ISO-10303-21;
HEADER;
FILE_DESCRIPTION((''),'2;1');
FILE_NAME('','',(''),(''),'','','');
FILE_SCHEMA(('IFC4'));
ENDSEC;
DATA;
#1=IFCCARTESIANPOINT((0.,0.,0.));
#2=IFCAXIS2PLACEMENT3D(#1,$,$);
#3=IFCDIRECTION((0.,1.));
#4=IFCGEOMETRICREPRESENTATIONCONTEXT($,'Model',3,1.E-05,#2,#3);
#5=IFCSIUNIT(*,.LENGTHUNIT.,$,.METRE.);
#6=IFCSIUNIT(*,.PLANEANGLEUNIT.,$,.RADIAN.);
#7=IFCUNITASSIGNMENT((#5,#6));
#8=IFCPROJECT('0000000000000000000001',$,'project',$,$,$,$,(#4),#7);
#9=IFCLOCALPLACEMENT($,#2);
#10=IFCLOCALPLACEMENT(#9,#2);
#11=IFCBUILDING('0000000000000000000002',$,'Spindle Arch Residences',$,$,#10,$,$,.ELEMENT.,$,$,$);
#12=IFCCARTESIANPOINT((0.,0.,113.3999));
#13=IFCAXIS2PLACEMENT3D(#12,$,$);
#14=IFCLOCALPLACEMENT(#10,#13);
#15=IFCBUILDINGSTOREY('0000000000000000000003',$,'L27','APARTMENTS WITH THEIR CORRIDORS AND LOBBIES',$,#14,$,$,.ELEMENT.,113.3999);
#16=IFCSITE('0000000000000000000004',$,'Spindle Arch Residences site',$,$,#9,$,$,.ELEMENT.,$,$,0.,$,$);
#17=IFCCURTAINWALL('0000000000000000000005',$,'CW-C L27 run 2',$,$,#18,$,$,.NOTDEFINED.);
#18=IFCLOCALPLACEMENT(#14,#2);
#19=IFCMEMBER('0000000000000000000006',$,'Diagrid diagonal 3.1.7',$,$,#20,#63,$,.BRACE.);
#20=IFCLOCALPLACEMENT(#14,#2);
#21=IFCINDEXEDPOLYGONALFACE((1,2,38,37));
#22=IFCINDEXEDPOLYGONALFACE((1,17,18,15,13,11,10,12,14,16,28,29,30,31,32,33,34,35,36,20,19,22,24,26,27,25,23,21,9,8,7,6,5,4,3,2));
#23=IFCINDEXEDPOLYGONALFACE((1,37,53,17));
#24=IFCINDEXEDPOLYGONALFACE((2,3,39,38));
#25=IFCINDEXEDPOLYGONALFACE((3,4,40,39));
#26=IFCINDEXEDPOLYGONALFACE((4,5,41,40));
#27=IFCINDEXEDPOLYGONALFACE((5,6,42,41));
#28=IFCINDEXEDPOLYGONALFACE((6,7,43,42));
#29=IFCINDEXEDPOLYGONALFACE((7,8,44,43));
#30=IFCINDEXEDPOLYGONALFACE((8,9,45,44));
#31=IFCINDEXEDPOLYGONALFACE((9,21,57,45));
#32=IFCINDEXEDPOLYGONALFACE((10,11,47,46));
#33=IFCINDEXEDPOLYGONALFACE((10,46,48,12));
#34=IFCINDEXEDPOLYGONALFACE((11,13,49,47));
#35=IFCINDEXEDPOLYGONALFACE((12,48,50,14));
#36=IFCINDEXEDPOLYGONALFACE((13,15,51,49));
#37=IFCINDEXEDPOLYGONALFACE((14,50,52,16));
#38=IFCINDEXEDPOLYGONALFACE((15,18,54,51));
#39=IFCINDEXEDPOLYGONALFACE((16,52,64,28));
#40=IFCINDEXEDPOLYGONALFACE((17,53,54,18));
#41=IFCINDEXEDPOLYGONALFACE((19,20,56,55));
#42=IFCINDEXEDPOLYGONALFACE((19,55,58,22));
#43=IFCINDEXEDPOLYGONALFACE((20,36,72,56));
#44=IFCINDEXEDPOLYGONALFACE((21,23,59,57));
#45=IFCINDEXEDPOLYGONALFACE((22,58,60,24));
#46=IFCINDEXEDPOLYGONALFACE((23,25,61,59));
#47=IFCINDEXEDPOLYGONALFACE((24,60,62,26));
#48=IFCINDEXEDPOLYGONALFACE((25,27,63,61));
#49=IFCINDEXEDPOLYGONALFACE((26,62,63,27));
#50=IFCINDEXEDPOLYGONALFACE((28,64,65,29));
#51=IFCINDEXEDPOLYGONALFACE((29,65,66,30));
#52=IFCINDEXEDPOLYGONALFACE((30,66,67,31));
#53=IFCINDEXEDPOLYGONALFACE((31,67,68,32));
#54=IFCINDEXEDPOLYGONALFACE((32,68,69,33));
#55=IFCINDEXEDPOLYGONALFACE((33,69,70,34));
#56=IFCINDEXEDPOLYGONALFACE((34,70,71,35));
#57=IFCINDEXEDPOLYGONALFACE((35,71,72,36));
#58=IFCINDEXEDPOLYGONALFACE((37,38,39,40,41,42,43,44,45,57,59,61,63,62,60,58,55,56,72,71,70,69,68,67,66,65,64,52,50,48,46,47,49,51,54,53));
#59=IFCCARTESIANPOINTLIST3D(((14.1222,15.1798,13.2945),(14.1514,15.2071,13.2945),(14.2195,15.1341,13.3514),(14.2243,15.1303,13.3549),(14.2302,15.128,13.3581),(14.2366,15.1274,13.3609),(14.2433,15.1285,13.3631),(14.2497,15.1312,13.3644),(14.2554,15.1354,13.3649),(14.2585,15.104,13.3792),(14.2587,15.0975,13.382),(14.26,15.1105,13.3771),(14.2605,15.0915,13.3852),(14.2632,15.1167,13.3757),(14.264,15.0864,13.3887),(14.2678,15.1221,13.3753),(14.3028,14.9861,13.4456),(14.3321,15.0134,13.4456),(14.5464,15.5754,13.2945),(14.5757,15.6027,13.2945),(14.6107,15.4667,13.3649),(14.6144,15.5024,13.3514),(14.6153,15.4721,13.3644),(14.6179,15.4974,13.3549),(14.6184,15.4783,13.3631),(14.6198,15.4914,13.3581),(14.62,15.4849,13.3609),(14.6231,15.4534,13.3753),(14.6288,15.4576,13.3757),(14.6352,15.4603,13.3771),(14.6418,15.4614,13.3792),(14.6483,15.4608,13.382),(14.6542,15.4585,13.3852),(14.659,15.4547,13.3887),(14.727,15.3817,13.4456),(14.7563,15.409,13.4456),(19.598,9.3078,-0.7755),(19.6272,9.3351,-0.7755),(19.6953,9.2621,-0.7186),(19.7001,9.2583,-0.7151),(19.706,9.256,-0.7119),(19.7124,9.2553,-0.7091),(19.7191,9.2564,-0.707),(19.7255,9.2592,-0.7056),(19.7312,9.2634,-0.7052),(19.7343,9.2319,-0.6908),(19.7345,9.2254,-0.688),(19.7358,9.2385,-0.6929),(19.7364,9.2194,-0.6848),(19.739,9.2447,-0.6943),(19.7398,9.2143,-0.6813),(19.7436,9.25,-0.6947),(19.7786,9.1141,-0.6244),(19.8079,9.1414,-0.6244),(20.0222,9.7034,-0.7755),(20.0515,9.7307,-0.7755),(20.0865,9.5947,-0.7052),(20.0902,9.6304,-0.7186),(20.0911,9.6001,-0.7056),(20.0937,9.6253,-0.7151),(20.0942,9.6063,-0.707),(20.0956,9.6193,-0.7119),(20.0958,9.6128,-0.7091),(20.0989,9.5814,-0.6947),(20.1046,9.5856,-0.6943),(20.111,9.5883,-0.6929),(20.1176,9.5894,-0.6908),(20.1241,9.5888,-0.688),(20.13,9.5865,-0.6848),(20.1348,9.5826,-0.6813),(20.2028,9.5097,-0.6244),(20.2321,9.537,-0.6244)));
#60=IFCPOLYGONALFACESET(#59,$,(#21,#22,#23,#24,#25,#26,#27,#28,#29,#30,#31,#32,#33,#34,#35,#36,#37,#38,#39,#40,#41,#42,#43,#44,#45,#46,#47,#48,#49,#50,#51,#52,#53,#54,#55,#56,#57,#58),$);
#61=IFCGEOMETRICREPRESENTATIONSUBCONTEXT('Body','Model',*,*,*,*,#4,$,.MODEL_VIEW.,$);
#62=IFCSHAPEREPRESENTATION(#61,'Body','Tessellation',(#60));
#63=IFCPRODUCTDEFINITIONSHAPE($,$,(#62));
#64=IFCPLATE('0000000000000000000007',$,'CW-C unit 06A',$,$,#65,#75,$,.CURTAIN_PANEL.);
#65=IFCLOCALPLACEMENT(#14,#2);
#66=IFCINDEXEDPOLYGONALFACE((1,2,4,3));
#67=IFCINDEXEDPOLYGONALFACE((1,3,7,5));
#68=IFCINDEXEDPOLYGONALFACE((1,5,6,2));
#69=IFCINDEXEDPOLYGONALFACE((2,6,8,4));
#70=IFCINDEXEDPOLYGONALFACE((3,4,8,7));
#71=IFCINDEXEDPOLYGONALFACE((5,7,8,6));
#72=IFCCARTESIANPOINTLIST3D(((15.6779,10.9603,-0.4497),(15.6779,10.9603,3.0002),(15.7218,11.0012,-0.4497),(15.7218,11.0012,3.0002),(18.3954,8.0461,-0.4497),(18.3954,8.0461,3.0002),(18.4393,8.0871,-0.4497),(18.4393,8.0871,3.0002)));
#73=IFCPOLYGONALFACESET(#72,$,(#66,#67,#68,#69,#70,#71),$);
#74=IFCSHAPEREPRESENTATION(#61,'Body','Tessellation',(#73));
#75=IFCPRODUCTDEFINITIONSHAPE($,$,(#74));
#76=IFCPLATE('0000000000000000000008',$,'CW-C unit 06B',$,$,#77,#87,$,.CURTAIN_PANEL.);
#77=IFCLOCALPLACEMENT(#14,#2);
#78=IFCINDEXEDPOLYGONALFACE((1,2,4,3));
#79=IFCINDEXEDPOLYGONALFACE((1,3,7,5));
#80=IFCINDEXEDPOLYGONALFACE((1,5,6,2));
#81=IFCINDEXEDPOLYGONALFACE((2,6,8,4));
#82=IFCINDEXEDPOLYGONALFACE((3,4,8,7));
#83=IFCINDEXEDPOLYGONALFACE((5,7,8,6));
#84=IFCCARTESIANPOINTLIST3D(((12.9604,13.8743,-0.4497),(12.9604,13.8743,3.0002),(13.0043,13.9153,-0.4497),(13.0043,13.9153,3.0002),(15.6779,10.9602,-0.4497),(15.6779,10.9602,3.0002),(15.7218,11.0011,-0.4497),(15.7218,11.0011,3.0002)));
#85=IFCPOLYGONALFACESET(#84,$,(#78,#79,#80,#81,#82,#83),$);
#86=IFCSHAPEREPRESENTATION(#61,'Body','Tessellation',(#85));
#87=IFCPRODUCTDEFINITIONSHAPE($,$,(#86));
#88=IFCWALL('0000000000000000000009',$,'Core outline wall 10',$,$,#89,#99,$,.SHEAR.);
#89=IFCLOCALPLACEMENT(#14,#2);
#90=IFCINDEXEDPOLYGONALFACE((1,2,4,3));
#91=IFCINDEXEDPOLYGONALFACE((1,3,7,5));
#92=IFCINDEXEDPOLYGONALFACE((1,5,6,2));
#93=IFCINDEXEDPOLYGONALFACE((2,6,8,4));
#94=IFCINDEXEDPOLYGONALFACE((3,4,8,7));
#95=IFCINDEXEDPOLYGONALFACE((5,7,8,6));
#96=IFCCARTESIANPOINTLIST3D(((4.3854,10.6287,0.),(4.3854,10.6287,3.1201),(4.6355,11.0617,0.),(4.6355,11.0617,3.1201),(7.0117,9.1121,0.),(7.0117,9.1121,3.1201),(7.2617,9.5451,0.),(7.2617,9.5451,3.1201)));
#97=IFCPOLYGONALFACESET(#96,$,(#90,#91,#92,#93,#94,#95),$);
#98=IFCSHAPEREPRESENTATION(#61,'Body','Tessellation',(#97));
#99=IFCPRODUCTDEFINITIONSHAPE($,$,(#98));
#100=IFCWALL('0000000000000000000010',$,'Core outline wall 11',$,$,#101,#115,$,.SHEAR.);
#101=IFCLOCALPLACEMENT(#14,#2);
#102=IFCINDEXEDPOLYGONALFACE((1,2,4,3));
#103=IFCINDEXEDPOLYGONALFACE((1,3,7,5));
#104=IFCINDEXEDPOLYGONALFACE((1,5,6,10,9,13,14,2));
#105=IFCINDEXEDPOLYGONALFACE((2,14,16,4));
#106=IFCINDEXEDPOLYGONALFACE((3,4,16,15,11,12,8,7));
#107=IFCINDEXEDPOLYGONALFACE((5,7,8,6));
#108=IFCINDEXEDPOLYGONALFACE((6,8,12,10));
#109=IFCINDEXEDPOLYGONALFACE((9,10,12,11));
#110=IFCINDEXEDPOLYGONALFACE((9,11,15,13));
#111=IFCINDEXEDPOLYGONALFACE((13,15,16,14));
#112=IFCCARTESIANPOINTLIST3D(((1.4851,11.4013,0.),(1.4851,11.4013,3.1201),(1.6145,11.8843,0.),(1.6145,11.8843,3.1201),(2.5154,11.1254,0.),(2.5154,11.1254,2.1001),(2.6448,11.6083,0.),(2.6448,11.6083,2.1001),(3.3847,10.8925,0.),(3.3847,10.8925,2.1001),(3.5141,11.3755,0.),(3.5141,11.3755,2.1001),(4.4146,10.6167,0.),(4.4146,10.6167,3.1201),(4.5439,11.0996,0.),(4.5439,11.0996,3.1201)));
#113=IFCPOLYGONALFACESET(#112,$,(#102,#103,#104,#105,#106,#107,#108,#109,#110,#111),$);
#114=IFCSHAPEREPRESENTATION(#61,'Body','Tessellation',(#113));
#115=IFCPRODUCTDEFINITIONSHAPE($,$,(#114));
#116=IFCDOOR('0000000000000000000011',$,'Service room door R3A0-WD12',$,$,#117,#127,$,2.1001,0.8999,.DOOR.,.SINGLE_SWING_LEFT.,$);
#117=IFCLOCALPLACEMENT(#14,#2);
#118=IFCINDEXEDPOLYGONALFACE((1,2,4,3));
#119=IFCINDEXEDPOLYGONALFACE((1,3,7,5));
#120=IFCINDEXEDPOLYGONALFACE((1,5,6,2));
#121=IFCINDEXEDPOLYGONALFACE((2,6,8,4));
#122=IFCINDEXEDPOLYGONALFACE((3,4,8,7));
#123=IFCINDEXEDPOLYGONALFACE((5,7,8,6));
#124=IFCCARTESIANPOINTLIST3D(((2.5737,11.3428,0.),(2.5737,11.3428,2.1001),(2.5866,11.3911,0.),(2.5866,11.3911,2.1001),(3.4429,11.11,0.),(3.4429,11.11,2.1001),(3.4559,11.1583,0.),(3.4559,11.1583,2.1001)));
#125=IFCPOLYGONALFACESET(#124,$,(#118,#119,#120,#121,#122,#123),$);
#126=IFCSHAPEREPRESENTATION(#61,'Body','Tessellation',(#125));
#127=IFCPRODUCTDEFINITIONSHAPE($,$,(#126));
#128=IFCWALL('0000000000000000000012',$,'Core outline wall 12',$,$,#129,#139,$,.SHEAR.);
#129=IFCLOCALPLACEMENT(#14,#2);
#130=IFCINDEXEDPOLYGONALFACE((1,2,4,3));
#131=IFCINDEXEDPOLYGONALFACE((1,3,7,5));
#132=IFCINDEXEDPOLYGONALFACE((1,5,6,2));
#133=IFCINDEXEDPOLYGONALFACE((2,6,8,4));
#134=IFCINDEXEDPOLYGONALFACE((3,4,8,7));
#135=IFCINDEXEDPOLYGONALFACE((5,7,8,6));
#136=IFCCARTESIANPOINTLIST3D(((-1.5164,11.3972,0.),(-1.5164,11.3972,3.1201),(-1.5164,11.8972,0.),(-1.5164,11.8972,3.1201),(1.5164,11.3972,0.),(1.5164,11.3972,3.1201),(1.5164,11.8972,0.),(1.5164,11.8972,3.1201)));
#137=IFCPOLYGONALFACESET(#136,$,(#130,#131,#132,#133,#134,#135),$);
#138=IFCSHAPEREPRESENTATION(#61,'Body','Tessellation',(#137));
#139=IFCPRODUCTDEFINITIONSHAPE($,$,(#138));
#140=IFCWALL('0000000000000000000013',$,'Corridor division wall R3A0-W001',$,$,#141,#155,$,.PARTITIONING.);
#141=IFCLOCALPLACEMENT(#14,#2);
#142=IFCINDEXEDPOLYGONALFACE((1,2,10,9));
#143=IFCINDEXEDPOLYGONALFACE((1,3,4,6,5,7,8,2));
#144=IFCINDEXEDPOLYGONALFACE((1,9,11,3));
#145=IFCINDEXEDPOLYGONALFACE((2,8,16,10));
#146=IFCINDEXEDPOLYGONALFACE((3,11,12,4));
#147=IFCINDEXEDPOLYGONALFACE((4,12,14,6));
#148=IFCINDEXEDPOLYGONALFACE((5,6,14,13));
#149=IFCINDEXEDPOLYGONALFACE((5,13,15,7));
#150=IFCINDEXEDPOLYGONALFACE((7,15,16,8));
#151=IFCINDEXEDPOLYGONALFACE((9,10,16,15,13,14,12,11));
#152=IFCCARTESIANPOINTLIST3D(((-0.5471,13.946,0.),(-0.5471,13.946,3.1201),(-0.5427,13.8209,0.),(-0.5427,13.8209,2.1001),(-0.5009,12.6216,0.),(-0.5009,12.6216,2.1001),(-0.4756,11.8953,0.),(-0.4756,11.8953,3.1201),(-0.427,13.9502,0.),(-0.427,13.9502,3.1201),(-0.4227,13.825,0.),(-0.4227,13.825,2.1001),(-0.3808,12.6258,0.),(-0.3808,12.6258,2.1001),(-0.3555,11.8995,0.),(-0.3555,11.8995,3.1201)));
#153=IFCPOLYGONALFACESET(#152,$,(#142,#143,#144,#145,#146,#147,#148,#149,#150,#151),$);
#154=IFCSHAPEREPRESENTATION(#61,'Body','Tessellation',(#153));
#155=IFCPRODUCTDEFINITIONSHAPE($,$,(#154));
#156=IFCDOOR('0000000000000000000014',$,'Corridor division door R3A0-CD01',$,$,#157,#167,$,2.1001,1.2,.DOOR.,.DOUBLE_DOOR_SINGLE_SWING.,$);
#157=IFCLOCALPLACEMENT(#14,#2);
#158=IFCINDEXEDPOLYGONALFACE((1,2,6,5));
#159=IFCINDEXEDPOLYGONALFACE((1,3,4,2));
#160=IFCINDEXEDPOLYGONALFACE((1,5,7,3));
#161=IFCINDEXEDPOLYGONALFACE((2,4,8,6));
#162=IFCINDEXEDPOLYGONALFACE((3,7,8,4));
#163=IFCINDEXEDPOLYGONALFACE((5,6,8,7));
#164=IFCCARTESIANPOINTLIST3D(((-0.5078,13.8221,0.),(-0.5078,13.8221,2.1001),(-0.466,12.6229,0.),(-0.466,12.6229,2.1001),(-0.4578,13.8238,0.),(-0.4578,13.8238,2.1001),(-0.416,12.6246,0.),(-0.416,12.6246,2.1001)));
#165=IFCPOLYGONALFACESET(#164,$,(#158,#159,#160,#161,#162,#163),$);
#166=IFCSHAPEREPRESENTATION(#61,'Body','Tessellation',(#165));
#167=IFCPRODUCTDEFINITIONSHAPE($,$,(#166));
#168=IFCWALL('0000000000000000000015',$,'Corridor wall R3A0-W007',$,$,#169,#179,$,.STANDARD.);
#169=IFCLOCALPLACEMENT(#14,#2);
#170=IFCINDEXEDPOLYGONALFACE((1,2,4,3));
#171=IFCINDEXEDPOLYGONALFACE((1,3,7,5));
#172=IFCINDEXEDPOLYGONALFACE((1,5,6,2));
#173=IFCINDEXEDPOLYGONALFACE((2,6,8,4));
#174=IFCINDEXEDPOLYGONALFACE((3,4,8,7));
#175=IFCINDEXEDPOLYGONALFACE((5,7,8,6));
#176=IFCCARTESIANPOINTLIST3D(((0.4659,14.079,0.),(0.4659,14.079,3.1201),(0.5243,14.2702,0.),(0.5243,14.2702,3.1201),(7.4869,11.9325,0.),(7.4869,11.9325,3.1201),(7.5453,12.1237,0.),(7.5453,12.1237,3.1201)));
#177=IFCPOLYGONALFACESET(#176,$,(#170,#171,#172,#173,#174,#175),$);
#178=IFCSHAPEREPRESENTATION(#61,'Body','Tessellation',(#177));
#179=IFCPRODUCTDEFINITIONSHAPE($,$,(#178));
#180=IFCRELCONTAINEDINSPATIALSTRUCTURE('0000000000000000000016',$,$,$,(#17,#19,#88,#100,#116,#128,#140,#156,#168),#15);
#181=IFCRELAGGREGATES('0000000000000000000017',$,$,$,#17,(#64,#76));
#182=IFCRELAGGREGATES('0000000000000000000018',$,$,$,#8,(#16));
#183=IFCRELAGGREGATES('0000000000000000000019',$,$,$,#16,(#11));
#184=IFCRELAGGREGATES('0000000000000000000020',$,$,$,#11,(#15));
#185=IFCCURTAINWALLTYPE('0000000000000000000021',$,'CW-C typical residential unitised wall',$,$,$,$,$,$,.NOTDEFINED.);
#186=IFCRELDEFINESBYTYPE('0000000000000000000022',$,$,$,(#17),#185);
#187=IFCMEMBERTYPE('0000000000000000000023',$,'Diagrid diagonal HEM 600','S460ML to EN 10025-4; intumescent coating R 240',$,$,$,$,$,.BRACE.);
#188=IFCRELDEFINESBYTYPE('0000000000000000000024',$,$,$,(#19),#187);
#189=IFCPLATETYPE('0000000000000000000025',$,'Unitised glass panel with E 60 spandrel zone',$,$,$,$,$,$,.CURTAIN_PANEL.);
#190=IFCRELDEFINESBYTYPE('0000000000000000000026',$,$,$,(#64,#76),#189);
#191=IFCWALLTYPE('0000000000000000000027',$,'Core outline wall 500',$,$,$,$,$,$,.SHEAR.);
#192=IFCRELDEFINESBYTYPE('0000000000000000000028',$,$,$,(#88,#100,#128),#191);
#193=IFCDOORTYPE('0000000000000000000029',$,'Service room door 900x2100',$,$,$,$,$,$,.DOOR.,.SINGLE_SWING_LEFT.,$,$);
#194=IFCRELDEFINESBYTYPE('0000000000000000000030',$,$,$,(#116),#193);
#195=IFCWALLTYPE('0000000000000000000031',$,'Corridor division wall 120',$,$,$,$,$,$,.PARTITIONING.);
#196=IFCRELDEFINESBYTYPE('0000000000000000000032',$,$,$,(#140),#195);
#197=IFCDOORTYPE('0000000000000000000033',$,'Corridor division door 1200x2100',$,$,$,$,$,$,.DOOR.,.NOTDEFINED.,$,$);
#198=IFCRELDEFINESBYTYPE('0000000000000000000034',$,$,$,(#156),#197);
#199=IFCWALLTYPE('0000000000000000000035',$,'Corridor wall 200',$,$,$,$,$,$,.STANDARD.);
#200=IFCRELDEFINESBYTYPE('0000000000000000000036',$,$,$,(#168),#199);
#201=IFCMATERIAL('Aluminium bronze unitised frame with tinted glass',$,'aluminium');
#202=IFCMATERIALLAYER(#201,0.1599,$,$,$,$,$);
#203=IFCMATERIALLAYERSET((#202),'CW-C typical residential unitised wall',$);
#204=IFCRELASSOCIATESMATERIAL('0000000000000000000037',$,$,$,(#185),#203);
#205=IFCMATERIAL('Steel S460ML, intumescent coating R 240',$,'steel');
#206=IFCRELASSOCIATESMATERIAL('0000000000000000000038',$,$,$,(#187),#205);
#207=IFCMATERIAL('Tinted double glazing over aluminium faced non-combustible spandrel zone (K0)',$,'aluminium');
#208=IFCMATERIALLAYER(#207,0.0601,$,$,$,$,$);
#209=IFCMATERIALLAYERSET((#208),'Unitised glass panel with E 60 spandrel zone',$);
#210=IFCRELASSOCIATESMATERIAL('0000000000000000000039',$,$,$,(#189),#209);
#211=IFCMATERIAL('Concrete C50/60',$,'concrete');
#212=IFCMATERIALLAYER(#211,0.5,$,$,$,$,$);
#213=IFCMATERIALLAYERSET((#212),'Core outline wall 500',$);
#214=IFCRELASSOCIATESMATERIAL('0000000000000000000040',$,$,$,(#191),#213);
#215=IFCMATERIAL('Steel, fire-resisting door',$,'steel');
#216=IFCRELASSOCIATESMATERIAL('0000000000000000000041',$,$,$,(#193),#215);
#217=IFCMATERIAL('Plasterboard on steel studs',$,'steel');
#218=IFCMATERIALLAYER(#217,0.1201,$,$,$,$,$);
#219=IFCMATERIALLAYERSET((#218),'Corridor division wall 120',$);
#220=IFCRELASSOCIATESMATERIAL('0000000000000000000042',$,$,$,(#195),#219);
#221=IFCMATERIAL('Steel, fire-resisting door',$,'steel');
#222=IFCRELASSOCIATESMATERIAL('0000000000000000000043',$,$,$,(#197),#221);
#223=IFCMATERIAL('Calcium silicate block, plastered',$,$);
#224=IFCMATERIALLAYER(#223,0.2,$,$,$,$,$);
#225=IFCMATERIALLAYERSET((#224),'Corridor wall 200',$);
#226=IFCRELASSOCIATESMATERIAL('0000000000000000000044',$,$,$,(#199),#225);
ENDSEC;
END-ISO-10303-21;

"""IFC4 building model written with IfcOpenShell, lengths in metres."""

from ifc_helpers import new_model, si_unit, direction, frame, frame_2d, origin, origin_2d, place, context, subcontext, project, spatial, rectangle, i_section, extrude, material, layer, layer_set, material_profile, profile_set, type_object, element, fill, aggregate, save


model = new_model("IFC4")

# Units and contexts
model_context = context("Model", 3, precision=1e-05, world=origin(), true_north=direction((0.0, 1.0)))
body_context = subcontext(model_context, "Body", "Model", "MODEL_VIEW")
ifc_project = project(units=[si_unit("LENGTHUNIT", "METRE"), si_unit("PLANEANGLEUNIT", "RADIAN")], contexts=[model_context])

# Site, building, storey
site_placement = place(None, origin())
site = spatial("IfcSite", under=ifc_project, at=site_placement, Name="Spindle Arch Residences site", CompositionType="ELEMENT", RefElevation=0.0)
building_placement = place(site_placement, origin())
building = spatial("IfcBuilding", under=site, at=building_placement, Name="Spindle Arch Residences", CompositionType="ELEMENT")
storey_placement = place(building_placement, frame((0.0, 0.0, 113.3999)))
storey = spatial("IfcBuildingStorey", under=building, at=storey_placement, Name="L27", Description="APARTMENTS WITH THEIR CORRIDORS AND LOBBIES", CompositionType="ELEMENT", Elevation=113.3999)

# Curtain wall
ifc_material_1 = material(Name="Aluminium bronze unitised frame with tinted glass", Category="aluminium")
ifc_layer_1 = layer(ifc_material_1, 0.1599)
ifc_layer_set_1 = layer_set([ifc_layer_1], Name="CW-C typical residential unitised wall")
curtain_wall_type = type_object("IfcCurtainWallType", Name="CW-C typical residential unitised wall", PredefinedType="NOTDEFINED", material=ifc_layer_set_1)
curtain_wall_placement = place(storey_placement, origin())
curtain_wall = element("IfcCurtainWall", 1, at=curtain_wall_placement, inside=storey, type_object=curtain_wall_type, Name="CW-C L27 run 2", PredefinedType="NOTDEFINED")

# Member
ifc_material_2 = material(Name="Steel S460ML, intumescent coating R 240", Category="steel")
ifc_material_profile_1 = material_profile(ifc_material_2, i_section(OverallWidth=0.3049, OverallDepth=0.6201, WebThickness=0.021, FlangeThickness=0.04, FilletRadius=0.0271, at=origin_2d()), Name="HEM 600")
ifc_profile_set_1 = profile_set([ifc_material_profile_1], Name="Steel S460ML, intumescent coating R 240")
member_type_1 = type_object("IfcMemberType", Name="Diagrid diagonal HEM 600", Description="S460ML to EN 10025-4; intumescent coating R 240", PredefinedType="BRACE", material=ifc_profile_set_1)
member_1_placement = place(storey_placement, frame((19.915, 9.4224, -0.7), z_axis=(-0.338019, 0.362478, 0.868535), x_axis=(0.592341, -0.635204, 0.495628)))
element("IfcMember", 2, at=member_1_placement, inside=storey, type_object=member_type_1, Name="Diagrid diagonal 3.1.7", PredefinedType="BRACE", context=body_context, shape_type="SweptSolid", body=[
    extrude(i_section(OverallWidth=0.3049, OverallDepth=0.6201, WebThickness=0.021, FlangeThickness=0.04, FilletRadius=0.0271, at=origin_2d()), origin(), (0.0, 0.0, 1.0), 16.1997),
])

# Plates
ifc_material_3 = material(Name="Tinted double glazing over aluminium faced non-combustible spandrel zone (K0)", Category="aluminium")
ifc_layer_2 = layer(ifc_material_3, 0.0601)
ifc_layer_set_2 = layer_set([ifc_layer_2], Name="Unitised glass panel with E 60 spandrel zone")
plate_type = type_object("IfcPlateType", Name="Unitised glass panel with E 60 spandrel zone", PredefinedType="CURTAIN_PANEL", material=ifc_layer_set_2)
plate_1_placement = place(storey_placement, frame((17.0586, 9.5237, -0.4497), z_axis=(0.0, 0.0, 1.0), x_axis=(-0.681998, 0.731354, 0.0)))
plate_1 = element("IfcPlate", 3, at=plate_1_placement, type_object=plate_type, Name="CW-C unit 06A", PredefinedType="CURTAIN_PANEL", context=body_context, shape_type="SweptSolid", body=[
    extrude(rectangle(XDim=3.9846, YDim=0.0601, at=origin_2d()), origin(), (0.0, 0.0, 1.0), 3.45),
])
plate_2_placement = place(storey_placement, frame((14.3411, 12.4377, -0.4497), z_axis=(0.0, 0.0, 1.0), x_axis=(-0.681998, 0.731354, 0.0)))
plate_2 = element("IfcPlate", 4, at=plate_2_placement, type_object=plate_type, Name="CW-C unit 06B", PredefinedType="CURTAIN_PANEL", context=body_context, shape_type="SweptSolid", body=[
    extrude(rectangle(XDim=3.9846, YDim=0.0601, at=origin_2d()), origin(), (0.0, 0.0, 1.0), 3.45),
])
aggregate(curtain_wall, [plate_1, plate_2])

# Wall
ifc_material_4 = material(Name="Concrete C50/60", Category="concrete")
ifc_layer_3 = layer(ifc_material_4, 0.5)
ifc_layer_set_3 = layer_set([ifc_layer_3], Name="Core outline wall 500")
wall_type_1 = type_object("IfcWallType", Name="Core outline wall 500", PredefinedType="SHEAR", material=ifc_layer_set_3)
wall_1_placement = place(storey_placement, frame((7.1367, 9.3286, 0.0), z_axis=(0.0, 0.0, 1.0), x_axis=(-0.865975, 0.500087, 0.0)))
element("IfcWall", 5, at=wall_1_placement, inside=storey, type_object=wall_type_1, Name="Core outline wall 10", PredefinedType="SHEAR", context=body_context, shape_type="SweptSolid", body=[
    extrude(rectangle(XDim=3.0327, YDim=0.5, at=frame_2d((1.5164, 0.0))), origin(), (0.0, 0.0, 1.0), 3.1201),
])

# Wall, opening, door
wall_2_placement = place(storey_placement, frame((4.4792, 10.8582, 0.0), z_axis=(0.0, 0.0, 1.0), x_axis=(-0.965948, 0.258735, 0.0)))
wall_2 = element("IfcWall", 6, at=wall_2_placement, inside=storey, type_object=wall_type_1, Name="Core outline wall 11", PredefinedType="SHEAR", context=body_context, shape_type="SweptSolid", body=[
    extrude(rectangle(XDim=3.0327, YDim=0.5, at=frame_2d((1.5164, 0.0))), origin(), (0.0, 0.0, 1.0), 3.1201),
])
opening_1_placement = place(wall_2_placement, frame((1.0662, 0.0, 0.0)))
opening_1 = element("IfcOpeningElement", 7, at=opening_1_placement, cuts=wall_2, PredefinedType="OPENING", context=body_context, shape_type="SweptSolid", body=[
    extrude(rectangle(XDim=0.8999, YDim=2.1001, at=frame_2d((0.45, 1.05))), frame((0.0, 0.26, 0.0), z_axis=(0.0, -1.0, 0.0), x_axis=(1.0, 0.0, 0.0)), (0.0, 0.0, 1.0), 0.52),
])
ifc_material_5 = material(Name="Steel, fire-resisting door", Category="steel")
door_type_1 = type_object("IfcDoorType", Name="Service room door 900x2100", OperationType="SINGLE_SWING_LEFT", PredefinedType="DOOR", material=ifc_material_5)
door_1_placement = place(opening_1_placement, origin())
door_1 = element("IfcDoor", 8, at=door_1_placement, inside=storey, type_object=door_type_1, Name="Service room door R3A0-WD12", OperationType="SINGLE_SWING_LEFT", OverallHeight=2.1001, OverallWidth=0.8999, PredefinedType="DOOR", context=body_context, shape_type="SweptSolid", body=[
    extrude(rectangle(XDim=0.8999, YDim=2.1001, at=frame_2d((0.45, 1.05))), frame((0.0, 0.0249, 0.0), z_axis=(0.0, -1.0, 0.0), x_axis=(1.0, 0.0, 0.0)), (0.0, 0.0, 1.0), 0.05),
])
fill(opening_1, door_1)

# Wall
wall_3_placement = place(storey_placement, frame((1.5164, 11.6472, 0.0), z_axis=(0.0, 0.0, 1.0), x_axis=(-1.0, 0.0, 0.0)))
element("IfcWall", 9, at=wall_3_placement, inside=storey, type_object=wall_type_1, Name="Core outline wall 12", PredefinedType="SHEAR", context=body_context, shape_type="SweptSolid", body=[
    extrude(rectangle(XDim=3.0327, YDim=0.5, at=frame_2d((1.5164, 0.0))), origin(), (0.0, 0.0, 1.0), 3.1201),
])

# Wall, opening, door
ifc_material_6 = material(Name="Plasterboard on steel studs", Category="steel")
ifc_layer_4 = layer(ifc_material_6, 0.1201)
ifc_layer_set_4 = layer_set([ifc_layer_4], Name="Corridor division wall 120")
wall_type_2 = type_object("IfcWallType", Name="Corridor division wall 120", PredefinedType="PARTITIONING", material=ifc_layer_set_4)
wall_4_placement = place(storey_placement, frame((-0.4871, 13.948, 0.0), z_axis=(0.0, 0.0, 1.0), x_axis=(0.03486, -0.999392, 0.0)))
wall_4 = element("IfcWall", 10, at=wall_4_placement, inside=storey, type_object=wall_type_2, Name="Corridor division wall R3A0-W001", PredefinedType="PARTITIONING", context=body_context, shape_type="SweptSolid", body=[
    extrude(rectangle(XDim=2.052, YDim=0.1201, at=frame_2d((1.0259, 0.0))), origin(), (0.0, 0.0, 1.0), 3.1201),
])
opening_2_placement = place(wall_4_placement, frame((0.125, 0.0, 0.0)))
opening_2 = element("IfcOpeningElement", 11, at=opening_2_placement, cuts=wall_4, PredefinedType="OPENING", context=body_context, shape_type="SweptSolid", body=[
    extrude(rectangle(XDim=1.2, YDim=2.1001, at=frame_2d((0.6001, 1.05))), frame((0.0, 0.0701, 0.0), z_axis=(0.0, -1.0, 0.0), x_axis=(1.0, 0.0, 0.0)), (0.0, 0.0, 1.0), 0.1401),
])
ifc_material_7 = material(Name="Steel, fire-resisting door", Category="steel")
door_type_2 = type_object("IfcDoorType", Name="Corridor division door 1200x2100", OperationType="NOTDEFINED", PredefinedType="DOOR", material=ifc_material_7)
door_2_placement = place(opening_2_placement, origin())
door_2 = element("IfcDoor", 12, at=door_2_placement, inside=storey, type_object=door_type_2, Name="Corridor division door R3A0-CD01", OperationType="DOUBLE_DOOR_SINGLE_SWING", OverallHeight=2.1001, OverallWidth=1.2, PredefinedType="DOOR", context=body_context, shape_type="SweptSolid", body=[
    extrude(rectangle(XDim=1.2, YDim=2.1001, at=frame_2d((0.6001, 1.05))), frame((0.0, 0.0249, 0.0), z_axis=(0.0, -1.0, 0.0), x_axis=(1.0, 0.0, 0.0)), (0.0, 0.0, 1.0), 0.05),
])
fill(opening_2, door_2)

# Wall
ifc_material_8 = material(Name="Calcium silicate block, plastered")
ifc_layer_5 = layer(ifc_material_8, 0.2)
ifc_layer_set_5 = layer_set([ifc_layer_5], Name="Corridor wall 200")
wall_type_3 = type_object("IfcWallType", Name="Corridor wall 200", PredefinedType="STANDARD", material=ifc_layer_set_5)
wall_5_placement = place(storey_placement, frame((7.5161, 12.0281, 0.0), z_axis=(0.0, 0.0, 1.0), x_axis=(-0.956307, 0.292366, 0.0)))
element("IfcWall", 13, at=wall_5_placement, inside=storey, type_object=wall_type_3, Name="Corridor wall R3A0-W007", PredefinedType="STANDARD", context=body_context, shape_type="SweptSolid", body=[
    extrude(rectangle(XDim=7.3418, YDim=0.2, at=frame_2d((3.6709, 0.0))), origin(), (0.0, 0.0, 1.0), 3.1201),
])

save(model, "model.ifc")
